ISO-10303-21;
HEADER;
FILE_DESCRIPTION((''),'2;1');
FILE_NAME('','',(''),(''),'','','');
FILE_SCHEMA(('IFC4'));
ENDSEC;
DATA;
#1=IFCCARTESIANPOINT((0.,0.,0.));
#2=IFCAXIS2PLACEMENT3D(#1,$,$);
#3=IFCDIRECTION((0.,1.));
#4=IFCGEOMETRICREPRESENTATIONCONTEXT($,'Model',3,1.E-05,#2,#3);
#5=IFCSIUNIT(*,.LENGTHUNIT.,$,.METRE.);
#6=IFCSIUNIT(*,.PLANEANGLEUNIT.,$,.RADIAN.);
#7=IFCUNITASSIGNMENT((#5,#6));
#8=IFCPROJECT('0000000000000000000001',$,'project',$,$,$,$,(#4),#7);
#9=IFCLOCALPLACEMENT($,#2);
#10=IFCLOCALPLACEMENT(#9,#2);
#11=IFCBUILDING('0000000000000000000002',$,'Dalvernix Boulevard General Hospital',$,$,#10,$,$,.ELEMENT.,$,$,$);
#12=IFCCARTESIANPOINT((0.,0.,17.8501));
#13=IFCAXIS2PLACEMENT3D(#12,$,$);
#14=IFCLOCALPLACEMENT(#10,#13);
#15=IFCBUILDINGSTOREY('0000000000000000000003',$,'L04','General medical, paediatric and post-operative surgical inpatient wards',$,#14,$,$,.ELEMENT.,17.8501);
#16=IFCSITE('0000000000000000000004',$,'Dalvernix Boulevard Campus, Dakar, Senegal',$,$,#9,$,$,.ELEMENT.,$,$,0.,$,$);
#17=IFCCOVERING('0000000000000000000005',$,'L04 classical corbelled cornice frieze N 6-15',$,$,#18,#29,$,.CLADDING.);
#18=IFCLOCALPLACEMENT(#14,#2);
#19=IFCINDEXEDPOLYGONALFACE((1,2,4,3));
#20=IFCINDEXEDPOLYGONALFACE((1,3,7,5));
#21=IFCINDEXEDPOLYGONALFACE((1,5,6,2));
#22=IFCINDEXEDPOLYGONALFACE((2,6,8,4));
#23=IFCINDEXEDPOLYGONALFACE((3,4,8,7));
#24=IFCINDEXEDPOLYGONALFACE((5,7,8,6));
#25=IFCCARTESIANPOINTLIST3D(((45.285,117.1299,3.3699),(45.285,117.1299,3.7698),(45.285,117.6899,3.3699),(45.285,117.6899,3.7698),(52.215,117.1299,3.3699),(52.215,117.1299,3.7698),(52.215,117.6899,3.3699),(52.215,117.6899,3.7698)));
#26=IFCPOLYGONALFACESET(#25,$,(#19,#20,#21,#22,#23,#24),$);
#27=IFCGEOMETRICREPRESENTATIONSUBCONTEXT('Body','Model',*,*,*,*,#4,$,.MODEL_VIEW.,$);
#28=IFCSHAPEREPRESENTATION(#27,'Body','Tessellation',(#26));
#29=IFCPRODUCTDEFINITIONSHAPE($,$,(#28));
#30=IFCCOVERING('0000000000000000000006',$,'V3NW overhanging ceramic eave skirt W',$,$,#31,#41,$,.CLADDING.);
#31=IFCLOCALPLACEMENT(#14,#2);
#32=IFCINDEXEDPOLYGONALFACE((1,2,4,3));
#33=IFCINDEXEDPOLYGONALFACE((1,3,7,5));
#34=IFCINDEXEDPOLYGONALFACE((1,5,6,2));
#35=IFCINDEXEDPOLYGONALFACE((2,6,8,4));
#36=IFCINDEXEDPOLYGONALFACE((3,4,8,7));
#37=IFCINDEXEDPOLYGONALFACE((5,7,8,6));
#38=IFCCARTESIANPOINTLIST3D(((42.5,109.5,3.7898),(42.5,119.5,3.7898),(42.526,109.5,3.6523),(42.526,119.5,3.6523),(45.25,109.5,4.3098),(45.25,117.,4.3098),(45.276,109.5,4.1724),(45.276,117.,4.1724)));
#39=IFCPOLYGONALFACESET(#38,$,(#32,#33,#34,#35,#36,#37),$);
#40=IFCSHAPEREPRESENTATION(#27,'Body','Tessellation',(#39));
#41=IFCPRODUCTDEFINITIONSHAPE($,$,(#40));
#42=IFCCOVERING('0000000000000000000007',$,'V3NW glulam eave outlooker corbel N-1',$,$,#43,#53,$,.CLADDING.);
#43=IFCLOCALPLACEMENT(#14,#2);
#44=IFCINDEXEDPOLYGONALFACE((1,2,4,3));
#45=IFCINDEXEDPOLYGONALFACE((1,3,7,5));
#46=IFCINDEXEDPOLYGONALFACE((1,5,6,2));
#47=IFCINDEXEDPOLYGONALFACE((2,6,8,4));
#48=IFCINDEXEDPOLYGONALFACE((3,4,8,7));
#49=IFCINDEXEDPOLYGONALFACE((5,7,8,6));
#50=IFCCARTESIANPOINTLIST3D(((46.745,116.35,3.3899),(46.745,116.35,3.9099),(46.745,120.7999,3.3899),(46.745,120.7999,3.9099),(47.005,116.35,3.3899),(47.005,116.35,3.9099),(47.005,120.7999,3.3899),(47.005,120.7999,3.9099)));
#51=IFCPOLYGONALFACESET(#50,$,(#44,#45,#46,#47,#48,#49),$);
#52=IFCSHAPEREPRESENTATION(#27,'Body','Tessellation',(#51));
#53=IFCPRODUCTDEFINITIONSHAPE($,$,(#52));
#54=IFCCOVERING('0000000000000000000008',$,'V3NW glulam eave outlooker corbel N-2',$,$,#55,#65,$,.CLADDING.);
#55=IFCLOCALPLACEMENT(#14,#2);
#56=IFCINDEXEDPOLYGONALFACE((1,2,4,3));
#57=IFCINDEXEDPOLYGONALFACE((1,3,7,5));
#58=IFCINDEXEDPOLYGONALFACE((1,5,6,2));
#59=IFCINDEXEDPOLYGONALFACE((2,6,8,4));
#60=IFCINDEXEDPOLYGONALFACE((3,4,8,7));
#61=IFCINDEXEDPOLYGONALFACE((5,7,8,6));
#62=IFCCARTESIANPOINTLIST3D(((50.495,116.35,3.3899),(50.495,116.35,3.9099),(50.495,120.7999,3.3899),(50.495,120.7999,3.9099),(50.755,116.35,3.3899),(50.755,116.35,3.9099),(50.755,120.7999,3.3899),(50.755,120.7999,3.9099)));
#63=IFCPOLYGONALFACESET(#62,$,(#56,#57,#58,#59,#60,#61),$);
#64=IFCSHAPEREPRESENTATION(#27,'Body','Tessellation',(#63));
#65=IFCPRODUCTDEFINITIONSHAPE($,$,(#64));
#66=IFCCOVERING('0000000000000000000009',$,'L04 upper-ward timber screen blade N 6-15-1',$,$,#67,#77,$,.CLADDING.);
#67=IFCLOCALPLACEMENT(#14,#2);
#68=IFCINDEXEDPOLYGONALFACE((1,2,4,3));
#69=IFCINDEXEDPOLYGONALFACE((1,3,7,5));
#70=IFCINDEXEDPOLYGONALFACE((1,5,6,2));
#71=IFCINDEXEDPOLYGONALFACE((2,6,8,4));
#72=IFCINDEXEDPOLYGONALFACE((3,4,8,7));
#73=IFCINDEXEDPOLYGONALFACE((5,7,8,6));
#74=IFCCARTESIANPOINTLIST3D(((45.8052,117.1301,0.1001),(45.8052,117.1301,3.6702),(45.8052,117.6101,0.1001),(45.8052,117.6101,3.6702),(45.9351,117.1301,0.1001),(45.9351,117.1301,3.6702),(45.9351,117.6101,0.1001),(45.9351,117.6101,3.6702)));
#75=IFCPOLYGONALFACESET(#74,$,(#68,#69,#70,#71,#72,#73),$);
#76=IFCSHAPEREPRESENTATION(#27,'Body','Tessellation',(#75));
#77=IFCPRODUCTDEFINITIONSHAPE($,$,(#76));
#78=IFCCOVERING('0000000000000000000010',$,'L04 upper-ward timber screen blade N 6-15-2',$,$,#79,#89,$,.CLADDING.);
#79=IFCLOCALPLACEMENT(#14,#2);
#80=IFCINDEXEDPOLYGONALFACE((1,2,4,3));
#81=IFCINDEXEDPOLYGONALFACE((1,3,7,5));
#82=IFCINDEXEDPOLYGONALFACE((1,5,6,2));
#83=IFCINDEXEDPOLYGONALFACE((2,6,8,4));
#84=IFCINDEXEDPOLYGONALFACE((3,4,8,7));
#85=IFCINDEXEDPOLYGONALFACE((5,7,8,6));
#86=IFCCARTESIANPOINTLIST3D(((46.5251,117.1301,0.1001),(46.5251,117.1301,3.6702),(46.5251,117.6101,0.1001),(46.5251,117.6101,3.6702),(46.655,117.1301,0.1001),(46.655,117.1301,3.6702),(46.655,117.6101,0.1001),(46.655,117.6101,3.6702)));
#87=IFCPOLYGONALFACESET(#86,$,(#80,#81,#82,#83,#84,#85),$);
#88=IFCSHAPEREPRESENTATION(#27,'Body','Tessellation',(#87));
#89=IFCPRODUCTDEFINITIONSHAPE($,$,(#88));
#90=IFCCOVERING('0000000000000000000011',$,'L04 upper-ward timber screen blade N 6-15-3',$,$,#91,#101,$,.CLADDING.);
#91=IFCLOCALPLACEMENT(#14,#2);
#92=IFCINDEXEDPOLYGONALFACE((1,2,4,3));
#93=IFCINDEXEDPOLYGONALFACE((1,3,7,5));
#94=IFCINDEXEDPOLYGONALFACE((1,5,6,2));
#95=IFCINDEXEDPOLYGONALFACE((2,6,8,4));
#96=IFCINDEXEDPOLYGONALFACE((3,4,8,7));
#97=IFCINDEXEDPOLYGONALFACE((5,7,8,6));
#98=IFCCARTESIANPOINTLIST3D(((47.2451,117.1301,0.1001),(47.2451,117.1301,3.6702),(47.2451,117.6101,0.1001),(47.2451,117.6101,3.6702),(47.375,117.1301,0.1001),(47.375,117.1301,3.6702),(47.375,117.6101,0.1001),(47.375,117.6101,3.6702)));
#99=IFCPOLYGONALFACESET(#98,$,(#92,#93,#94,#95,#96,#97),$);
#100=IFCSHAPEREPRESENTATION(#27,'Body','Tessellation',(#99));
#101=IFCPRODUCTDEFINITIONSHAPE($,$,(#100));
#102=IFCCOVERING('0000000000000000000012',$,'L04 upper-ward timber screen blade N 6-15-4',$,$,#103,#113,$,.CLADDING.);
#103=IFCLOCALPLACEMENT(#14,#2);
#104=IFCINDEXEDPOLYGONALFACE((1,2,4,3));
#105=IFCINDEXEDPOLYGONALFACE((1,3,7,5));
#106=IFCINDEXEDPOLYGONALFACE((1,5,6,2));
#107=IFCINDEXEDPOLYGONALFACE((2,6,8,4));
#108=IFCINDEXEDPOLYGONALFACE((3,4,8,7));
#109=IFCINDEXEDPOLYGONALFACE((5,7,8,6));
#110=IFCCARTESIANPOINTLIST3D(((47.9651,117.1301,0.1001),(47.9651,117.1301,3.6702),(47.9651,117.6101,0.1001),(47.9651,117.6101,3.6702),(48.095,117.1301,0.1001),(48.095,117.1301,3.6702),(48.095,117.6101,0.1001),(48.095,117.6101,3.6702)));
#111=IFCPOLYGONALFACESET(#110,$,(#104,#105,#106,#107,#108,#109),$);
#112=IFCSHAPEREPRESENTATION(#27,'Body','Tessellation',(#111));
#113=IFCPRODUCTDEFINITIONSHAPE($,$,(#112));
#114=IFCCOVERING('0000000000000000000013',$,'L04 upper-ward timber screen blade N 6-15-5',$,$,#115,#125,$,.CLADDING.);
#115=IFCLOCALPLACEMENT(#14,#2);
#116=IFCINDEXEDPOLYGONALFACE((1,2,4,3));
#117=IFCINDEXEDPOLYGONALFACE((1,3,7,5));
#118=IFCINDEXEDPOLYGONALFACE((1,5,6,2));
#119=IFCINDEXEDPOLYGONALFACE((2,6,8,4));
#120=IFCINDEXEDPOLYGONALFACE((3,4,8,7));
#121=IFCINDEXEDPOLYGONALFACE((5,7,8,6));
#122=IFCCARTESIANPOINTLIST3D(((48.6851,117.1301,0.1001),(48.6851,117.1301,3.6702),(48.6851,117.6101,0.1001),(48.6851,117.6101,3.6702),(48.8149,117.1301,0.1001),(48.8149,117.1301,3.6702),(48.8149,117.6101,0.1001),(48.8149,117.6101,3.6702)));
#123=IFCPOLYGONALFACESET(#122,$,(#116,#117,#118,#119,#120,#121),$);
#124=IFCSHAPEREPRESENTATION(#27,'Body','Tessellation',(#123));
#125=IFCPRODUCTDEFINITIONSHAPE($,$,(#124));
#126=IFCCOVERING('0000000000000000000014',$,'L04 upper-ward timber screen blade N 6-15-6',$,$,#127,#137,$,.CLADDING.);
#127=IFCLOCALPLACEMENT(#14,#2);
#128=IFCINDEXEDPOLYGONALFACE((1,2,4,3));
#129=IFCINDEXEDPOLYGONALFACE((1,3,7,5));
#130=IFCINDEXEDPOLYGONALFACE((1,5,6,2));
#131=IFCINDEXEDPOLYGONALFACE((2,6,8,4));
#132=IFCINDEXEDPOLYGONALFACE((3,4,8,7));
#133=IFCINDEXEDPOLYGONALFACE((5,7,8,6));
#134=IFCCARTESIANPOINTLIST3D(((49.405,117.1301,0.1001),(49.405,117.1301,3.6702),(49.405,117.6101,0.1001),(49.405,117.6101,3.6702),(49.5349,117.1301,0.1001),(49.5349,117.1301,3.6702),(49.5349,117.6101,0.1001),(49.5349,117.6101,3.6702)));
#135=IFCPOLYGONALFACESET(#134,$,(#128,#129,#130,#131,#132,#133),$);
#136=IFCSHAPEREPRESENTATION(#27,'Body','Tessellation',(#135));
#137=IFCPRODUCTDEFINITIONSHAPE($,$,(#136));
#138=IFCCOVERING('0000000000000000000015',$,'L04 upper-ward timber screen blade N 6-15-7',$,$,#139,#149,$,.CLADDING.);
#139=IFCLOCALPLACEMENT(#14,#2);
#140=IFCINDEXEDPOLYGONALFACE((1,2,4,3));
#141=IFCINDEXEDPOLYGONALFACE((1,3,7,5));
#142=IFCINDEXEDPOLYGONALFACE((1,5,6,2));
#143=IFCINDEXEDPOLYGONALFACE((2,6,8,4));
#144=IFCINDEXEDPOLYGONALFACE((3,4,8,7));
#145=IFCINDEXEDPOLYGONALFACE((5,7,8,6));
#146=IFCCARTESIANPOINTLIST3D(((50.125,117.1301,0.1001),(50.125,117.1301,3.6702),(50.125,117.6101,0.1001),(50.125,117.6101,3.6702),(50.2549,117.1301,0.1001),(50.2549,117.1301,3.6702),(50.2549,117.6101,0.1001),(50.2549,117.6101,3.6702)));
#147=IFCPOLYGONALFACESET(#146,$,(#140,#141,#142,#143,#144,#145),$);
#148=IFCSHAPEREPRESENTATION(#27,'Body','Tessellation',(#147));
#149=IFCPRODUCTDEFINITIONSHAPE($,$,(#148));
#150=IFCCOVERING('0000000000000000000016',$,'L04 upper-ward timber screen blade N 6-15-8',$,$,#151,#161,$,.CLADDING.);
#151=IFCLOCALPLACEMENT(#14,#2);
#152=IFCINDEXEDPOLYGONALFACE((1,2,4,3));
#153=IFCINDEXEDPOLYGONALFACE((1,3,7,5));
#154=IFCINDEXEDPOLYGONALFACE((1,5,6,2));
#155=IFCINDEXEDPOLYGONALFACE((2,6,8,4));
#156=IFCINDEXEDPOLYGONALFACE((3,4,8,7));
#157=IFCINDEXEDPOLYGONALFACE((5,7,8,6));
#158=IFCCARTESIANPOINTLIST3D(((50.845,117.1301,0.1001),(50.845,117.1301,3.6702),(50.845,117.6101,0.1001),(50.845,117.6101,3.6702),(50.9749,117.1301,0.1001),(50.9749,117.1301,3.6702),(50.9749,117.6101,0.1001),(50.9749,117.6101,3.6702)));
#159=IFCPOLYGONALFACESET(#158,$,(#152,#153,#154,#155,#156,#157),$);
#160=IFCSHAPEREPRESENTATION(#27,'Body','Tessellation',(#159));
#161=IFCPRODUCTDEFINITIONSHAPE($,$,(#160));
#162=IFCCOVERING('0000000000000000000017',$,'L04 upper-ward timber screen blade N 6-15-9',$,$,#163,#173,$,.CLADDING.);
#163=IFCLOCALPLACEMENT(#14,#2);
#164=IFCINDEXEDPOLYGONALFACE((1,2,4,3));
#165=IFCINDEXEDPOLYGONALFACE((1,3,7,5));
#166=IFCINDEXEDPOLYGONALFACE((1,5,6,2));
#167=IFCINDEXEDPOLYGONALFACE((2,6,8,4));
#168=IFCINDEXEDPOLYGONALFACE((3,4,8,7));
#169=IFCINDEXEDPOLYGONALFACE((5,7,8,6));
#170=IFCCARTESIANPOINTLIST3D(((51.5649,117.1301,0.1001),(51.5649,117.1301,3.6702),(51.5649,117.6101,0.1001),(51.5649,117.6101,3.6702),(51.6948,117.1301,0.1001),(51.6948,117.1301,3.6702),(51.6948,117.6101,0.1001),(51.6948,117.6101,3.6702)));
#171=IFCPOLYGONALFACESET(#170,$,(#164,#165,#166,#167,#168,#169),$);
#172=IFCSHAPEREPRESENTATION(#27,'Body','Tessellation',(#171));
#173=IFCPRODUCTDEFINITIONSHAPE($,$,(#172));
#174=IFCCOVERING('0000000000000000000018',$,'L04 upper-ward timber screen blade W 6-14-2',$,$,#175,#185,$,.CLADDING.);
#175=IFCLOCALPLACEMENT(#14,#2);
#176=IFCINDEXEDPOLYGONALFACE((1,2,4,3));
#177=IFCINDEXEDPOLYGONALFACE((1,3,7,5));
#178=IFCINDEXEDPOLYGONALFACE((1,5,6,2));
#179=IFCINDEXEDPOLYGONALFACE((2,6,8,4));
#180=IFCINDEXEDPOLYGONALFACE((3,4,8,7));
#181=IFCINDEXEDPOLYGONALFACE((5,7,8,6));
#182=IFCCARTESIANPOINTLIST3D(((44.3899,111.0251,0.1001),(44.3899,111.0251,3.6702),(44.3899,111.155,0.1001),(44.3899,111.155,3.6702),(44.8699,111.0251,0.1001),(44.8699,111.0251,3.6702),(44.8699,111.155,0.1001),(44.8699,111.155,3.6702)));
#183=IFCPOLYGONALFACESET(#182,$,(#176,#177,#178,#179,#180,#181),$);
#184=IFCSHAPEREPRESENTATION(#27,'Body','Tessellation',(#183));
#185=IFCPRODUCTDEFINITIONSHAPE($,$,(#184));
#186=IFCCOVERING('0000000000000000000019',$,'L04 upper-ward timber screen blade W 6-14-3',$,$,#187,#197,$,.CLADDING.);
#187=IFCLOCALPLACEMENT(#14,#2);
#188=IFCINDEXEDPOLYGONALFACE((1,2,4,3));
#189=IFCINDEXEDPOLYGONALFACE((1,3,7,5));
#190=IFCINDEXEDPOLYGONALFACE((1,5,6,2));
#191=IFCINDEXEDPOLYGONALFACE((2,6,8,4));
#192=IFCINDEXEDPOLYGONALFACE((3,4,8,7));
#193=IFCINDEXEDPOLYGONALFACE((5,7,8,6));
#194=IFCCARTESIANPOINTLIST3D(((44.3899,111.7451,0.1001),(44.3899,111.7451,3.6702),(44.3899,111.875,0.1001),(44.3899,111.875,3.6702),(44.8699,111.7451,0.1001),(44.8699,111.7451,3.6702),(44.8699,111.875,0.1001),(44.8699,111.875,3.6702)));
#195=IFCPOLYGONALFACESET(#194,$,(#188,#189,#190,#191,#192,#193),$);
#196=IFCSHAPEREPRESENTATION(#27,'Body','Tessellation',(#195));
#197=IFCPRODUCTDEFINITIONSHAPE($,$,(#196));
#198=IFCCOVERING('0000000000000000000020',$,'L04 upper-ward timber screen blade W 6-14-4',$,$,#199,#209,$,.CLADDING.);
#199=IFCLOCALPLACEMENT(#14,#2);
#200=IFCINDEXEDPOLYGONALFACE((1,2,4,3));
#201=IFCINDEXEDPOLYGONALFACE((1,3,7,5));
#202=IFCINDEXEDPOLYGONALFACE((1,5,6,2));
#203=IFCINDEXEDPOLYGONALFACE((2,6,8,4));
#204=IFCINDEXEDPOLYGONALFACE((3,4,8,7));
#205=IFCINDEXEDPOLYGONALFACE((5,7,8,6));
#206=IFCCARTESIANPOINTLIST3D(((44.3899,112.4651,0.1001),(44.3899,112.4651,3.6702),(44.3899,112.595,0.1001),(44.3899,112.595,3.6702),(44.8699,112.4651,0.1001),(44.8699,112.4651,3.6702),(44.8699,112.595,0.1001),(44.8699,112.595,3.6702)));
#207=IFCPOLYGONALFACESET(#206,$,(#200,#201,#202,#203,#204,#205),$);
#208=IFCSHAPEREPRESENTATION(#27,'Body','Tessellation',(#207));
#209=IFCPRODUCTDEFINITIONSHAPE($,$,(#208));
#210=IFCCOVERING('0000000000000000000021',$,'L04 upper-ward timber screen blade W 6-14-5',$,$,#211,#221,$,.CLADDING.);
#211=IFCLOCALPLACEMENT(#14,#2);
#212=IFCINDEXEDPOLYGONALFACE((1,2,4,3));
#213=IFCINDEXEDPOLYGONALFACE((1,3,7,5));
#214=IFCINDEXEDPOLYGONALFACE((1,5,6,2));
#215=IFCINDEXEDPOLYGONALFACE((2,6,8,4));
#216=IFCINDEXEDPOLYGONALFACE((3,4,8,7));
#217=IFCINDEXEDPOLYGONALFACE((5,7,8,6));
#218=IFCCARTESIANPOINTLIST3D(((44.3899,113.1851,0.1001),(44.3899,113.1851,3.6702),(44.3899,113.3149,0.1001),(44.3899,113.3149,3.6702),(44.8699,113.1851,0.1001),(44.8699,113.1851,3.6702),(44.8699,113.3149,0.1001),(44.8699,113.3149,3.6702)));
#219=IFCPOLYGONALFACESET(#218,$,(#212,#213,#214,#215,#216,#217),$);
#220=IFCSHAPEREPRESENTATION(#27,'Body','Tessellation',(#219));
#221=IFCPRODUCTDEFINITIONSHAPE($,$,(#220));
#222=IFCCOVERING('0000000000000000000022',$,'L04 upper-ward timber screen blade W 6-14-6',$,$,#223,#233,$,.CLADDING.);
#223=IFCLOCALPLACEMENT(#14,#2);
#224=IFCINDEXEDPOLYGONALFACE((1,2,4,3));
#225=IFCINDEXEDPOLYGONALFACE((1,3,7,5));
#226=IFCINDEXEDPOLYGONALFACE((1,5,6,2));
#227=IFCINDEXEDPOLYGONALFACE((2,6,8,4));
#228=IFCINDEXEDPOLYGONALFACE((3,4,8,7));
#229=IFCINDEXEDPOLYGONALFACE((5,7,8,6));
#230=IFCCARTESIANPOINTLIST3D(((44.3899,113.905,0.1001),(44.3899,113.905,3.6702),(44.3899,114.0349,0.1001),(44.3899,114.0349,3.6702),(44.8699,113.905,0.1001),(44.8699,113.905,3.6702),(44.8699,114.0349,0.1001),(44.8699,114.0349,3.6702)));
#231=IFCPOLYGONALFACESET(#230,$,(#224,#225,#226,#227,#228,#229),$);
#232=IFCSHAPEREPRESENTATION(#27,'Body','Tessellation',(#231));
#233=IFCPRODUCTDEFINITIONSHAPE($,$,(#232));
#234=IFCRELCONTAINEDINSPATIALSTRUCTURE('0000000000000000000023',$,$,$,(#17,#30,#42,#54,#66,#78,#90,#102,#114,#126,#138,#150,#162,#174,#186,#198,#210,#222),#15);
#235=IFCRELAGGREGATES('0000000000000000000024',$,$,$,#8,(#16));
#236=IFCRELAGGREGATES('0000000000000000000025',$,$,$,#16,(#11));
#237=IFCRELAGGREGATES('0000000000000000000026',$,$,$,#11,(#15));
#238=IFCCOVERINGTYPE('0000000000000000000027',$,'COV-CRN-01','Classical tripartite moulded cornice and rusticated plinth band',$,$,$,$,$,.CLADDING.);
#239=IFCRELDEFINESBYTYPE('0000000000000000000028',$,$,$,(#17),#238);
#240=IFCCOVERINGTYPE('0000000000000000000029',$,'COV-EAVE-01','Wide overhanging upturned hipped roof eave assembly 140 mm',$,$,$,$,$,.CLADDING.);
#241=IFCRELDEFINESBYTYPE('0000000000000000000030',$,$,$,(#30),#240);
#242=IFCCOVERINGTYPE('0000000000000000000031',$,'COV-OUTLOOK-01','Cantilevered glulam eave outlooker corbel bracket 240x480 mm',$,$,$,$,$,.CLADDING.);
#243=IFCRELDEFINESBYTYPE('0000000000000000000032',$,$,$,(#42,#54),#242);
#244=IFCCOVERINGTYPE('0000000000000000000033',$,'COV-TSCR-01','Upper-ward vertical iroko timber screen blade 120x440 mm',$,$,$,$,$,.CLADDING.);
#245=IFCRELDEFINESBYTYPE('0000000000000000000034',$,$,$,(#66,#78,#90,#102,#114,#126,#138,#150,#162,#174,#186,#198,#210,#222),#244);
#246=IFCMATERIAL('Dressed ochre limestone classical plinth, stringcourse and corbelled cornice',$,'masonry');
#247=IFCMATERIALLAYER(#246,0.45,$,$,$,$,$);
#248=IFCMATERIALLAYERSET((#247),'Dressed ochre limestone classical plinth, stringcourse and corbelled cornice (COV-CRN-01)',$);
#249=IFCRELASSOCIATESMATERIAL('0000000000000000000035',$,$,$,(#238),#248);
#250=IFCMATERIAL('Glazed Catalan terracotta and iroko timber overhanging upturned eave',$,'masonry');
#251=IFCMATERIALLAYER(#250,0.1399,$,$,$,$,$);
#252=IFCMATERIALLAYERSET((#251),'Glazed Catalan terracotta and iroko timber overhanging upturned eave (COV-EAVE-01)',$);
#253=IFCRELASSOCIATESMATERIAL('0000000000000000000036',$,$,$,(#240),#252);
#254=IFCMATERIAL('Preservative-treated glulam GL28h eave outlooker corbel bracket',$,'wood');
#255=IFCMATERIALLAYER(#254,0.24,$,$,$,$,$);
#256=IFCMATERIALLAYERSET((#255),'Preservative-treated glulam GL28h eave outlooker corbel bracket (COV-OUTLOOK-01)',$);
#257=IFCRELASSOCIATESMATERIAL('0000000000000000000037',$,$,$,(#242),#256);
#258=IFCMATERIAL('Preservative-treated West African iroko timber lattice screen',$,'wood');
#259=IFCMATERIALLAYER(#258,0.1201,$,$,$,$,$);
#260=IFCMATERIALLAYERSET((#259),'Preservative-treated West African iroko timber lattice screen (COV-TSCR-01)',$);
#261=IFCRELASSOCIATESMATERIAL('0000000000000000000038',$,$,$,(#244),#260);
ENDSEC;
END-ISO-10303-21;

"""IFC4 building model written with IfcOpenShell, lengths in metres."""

from ifc_helpers import new_model, si_unit, direction, frame, origin, origin_2d, place, context, subcontext, project, spatial, polyline, rectangle, outline, extrude, material, layer, layer_set, type_object, element, save


model = new_model("IFC4")

# Units and contexts
model_context = context("Model", 3, precision=1e-05, world=origin(), true_north=direction((0.0, 1.0)))
body_context = subcontext(model_context, "Body", "Model", "MODEL_VIEW")
ifc_project = project(units=[si_unit("LENGTHUNIT", "METRE"), si_unit("PLANEANGLEUNIT", "RADIAN")], contexts=[model_context])

# Site, building, storey
site_placement = place(None, origin())
site = spatial("IfcSite", under=ifc_project, at=site_placement, Name="Dalvernix Boulevard Campus, Dakar, Senegal", CompositionType="ELEMENT", RefElevation=0.0)
building_placement = place(site_placement, origin())
building = spatial("IfcBuilding", under=site, at=building_placement, Name="Dalvernix Boulevard General Hospital", CompositionType="ELEMENT")
storey_placement = place(building_placement, frame((0.0, 0.0, 17.8501)))
storey = spatial("IfcBuildingStorey", under=building, at=storey_placement, Name="L04", Description="General medical, paediatric and post-operative surgical inpatient wards", CompositionType="ELEMENT", Elevation=17.8501)

# Coverings
ifc_material_1 = material(Name="Dressed ochre limestone classical plinth, stringcourse and corbelled cornice", Category="masonry")
ifc_layer_1 = layer(ifc_material_1, 0.45)
ifc_layer_set_1 = layer_set([ifc_layer_1], Name="Dressed ochre limestone classical plinth, stringcourse and corbelled cornice (COV-CRN-01)")
covering_type_1 = type_object("IfcCoveringType", Name="COV-CRN-01", Description="Classical tripartite moulded cornice and rusticated plinth band", PredefinedType="CLADDING", material=ifc_layer_set_1)
covering_1_placement = place(storey_placement, frame((48.75, 117.4099, 3.3699), z_axis=(0.0, 0.0, 1.0), x_axis=(1.0, 0.0, 0.0)))
element("IfcCovering", 1, at=covering_1_placement, inside=storey, type_object=covering_type_1, Name="L04 classical corbelled cornice frieze N 6-15", PredefinedType="CLADDING", context=body_context, shape_type="SweptSolid", body=[
    extrude(rectangle(XDim=6.9299, YDim=0.5601, at=origin_2d()), origin(), (0.0, 0.0, 1.0), 0.3999),
])
ifc_material_2 = material(Name="Glazed Catalan terracotta and iroko timber overhanging upturned eave", Category="masonry")
ifc_layer_2 = layer(ifc_material_2, 0.1399)
ifc_layer_set_2 = layer_set([ifc_layer_2], Name="Glazed Catalan terracotta and iroko timber overhanging upturned eave (COV-EAVE-01)")
covering_type_2 = type_object("IfcCoveringType", Name="COV-EAVE-01", Description="Wide overhanging upturned hipped roof eave assembly 140 mm", PredefinedType="CLADDING", material=ifc_layer_set_2)
covering_2_placement = place(storey_placement, frame((45.25, 117.0, 4.3098), z_axis=(-0.185805, 0.0, 0.982587), x_axis=(0.0, -1.0, 0.0)))
element("IfcCovering", 2, at=covering_2_placement, inside=storey, type_object=covering_type_2, Name="V3NW overhanging ceramic eave skirt W", PredefinedType="CLADDING", context=body_context, shape_type="SweptSolid", body=[
    extrude(outline(polyline([(0.0, 0.0), (7.5, 0.0), (7.5, -2.7987), (-2.5, -2.7987), (0.0, 0.0)])), origin(), (0.0, 0.0, -1.0), 0.1399),
])
ifc_material_3 = material(Name="Preservative-treated glulam GL28h eave outlooker corbel bracket", Category="wood")
ifc_layer_3 = layer(ifc_material_3, 0.24)
ifc_layer_set_3 = layer_set([ifc_layer_3], Name="Preservative-treated glulam GL28h eave outlooker corbel bracket (COV-OUTLOOK-01)")
covering_type_3 = type_object("IfcCoveringType", Name="COV-OUTLOOK-01", Description="Cantilevered glulam eave outlooker corbel bracket 240x480 mm", PredefinedType="CLADDING", material=ifc_layer_set_3)
for number, where, z_axis, x_axis, name in (
    (3, (46.875, 118.575, 3.3899), (0.0, 0.0, 1.0), (1.0, 0.0, 0.0), "V3NW glulam eave outlooker corbel N-1"),
    (4, (50.625, 118.575, 3.3899), (0.0, 0.0, 1.0), (1.0, 0.0, 0.0), "V3NW glulam eave outlooker corbel N-2"),
):
    element("IfcCovering", number, at=place(storey_placement, frame(where, z_axis=z_axis, x_axis=x_axis)), inside=storey, type_object=covering_type_3, Name=name, PredefinedType="CLADDING", context=body_context, shape_type="SweptSolid", body=[
        extrude(rectangle(XDim=0.26, YDim=4.45, at=origin_2d()), origin(), (0.0, 0.0, 1.0), 0.52),
    ])
ifc_material_4 = material(Name="Preservative-treated West African iroko timber lattice screen", Category="wood")
ifc_layer_4 = layer(ifc_material_4, 0.1201)
ifc_layer_set_4 = layer_set([ifc_layer_4], Name="Preservative-treated West African iroko timber lattice screen (COV-TSCR-01)")
covering_type_4 = type_object("IfcCoveringType", Name="COV-TSCR-01", Description="Upper-ward vertical iroko timber screen blade 120x440 mm", PredefinedType="CLADDING", material=ifc_layer_set_4)
for number, where, z_axis, x_axis, name in (
    (5, (45.8701, 117.3701, 0.1001), (0.0, 0.0, 1.0), (1.0, 0.0, 0.0), "L04 upper-ward timber screen blade N 6-15-1"),
    (6, (46.5901, 117.3701, 0.1001), (0.0, 0.0, 1.0), (1.0, 0.0, 0.0), "L04 upper-ward timber screen blade N 6-15-2"),
    (7, (47.3101, 117.3701, 0.1001), (0.0, 0.0, 1.0), (1.0, 0.0, 0.0), "L04 upper-ward timber screen blade N 6-15-3"),
    (8, (48.03, 117.3701, 0.1001), (0.0, 0.0, 1.0), (1.0, 0.0, 0.0), "L04 upper-ward timber screen blade N 6-15-4"),
    (9, (48.75, 117.3701, 0.1001), (0.0, 0.0, 1.0), (1.0, 0.0, 0.0), "L04 upper-ward timber screen blade N 6-15-5"),
    (10, (49.47, 117.3701, 0.1001), (0.0, 0.0, 1.0), (1.0, 0.0, 0.0), "L04 upper-ward timber screen blade N 6-15-6"),
    (11, (50.1899, 117.3701, 0.1001), (0.0, 0.0, 1.0), (1.0, 0.0, 0.0), "L04 upper-ward timber screen blade N 6-15-7"),
    (12, (50.9099, 117.3701, 0.1001), (0.0, 0.0, 1.0), (1.0, 0.0, 0.0), "L04 upper-ward timber screen blade N 6-15-8"),
    (13, (51.6299, 117.3701, 0.1001), (0.0, 0.0, 1.0), (1.0, 0.0, 0.0), "L04 upper-ward timber screen blade N 6-15-9"),
    (14, (44.6299, 111.0901, 0.1001), (0.0, 0.0, 1.0), (0.0, 1.0, 0.0), "L04 upper-ward timber screen blade W 6-14-2"),
    (15, (44.6299, 111.8101, 0.1001), (0.0, 0.0, 1.0), (0.0, 1.0, 0.0), "L04 upper-ward timber screen blade W 6-14-3"),
    (16, (44.6299, 112.53, 0.1001), (0.0, 0.0, 1.0), (0.0, 1.0, 0.0), "L04 upper-ward timber screen blade W 6-14-4"),
    (17, (44.6299, 113.25, 0.1001), (0.0, 0.0, 1.0), (0.0, 1.0, 0.0), "L04 upper-ward timber screen blade W 6-14-5"),
    (18, (44.6299, 113.97, 0.1001), (0.0, 0.0, 1.0), (0.0, 1.0, 0.0), "L04 upper-ward timber screen blade W 6-14-6"),
):
    element("IfcCovering", number, at=place(storey_placement, frame(where, z_axis=z_axis, x_axis=x_axis)), inside=storey, type_object=covering_type_4, Name=name, PredefinedType="CLADDING", context=body_context, shape_type="SweptSolid", body=[
        extrude(rectangle(XDim=0.1299, YDim=0.48, at=origin_2d()), origin(), (0.0, 0.0, 1.0), 3.5701),
    ])

save(model, "model.ifc")
